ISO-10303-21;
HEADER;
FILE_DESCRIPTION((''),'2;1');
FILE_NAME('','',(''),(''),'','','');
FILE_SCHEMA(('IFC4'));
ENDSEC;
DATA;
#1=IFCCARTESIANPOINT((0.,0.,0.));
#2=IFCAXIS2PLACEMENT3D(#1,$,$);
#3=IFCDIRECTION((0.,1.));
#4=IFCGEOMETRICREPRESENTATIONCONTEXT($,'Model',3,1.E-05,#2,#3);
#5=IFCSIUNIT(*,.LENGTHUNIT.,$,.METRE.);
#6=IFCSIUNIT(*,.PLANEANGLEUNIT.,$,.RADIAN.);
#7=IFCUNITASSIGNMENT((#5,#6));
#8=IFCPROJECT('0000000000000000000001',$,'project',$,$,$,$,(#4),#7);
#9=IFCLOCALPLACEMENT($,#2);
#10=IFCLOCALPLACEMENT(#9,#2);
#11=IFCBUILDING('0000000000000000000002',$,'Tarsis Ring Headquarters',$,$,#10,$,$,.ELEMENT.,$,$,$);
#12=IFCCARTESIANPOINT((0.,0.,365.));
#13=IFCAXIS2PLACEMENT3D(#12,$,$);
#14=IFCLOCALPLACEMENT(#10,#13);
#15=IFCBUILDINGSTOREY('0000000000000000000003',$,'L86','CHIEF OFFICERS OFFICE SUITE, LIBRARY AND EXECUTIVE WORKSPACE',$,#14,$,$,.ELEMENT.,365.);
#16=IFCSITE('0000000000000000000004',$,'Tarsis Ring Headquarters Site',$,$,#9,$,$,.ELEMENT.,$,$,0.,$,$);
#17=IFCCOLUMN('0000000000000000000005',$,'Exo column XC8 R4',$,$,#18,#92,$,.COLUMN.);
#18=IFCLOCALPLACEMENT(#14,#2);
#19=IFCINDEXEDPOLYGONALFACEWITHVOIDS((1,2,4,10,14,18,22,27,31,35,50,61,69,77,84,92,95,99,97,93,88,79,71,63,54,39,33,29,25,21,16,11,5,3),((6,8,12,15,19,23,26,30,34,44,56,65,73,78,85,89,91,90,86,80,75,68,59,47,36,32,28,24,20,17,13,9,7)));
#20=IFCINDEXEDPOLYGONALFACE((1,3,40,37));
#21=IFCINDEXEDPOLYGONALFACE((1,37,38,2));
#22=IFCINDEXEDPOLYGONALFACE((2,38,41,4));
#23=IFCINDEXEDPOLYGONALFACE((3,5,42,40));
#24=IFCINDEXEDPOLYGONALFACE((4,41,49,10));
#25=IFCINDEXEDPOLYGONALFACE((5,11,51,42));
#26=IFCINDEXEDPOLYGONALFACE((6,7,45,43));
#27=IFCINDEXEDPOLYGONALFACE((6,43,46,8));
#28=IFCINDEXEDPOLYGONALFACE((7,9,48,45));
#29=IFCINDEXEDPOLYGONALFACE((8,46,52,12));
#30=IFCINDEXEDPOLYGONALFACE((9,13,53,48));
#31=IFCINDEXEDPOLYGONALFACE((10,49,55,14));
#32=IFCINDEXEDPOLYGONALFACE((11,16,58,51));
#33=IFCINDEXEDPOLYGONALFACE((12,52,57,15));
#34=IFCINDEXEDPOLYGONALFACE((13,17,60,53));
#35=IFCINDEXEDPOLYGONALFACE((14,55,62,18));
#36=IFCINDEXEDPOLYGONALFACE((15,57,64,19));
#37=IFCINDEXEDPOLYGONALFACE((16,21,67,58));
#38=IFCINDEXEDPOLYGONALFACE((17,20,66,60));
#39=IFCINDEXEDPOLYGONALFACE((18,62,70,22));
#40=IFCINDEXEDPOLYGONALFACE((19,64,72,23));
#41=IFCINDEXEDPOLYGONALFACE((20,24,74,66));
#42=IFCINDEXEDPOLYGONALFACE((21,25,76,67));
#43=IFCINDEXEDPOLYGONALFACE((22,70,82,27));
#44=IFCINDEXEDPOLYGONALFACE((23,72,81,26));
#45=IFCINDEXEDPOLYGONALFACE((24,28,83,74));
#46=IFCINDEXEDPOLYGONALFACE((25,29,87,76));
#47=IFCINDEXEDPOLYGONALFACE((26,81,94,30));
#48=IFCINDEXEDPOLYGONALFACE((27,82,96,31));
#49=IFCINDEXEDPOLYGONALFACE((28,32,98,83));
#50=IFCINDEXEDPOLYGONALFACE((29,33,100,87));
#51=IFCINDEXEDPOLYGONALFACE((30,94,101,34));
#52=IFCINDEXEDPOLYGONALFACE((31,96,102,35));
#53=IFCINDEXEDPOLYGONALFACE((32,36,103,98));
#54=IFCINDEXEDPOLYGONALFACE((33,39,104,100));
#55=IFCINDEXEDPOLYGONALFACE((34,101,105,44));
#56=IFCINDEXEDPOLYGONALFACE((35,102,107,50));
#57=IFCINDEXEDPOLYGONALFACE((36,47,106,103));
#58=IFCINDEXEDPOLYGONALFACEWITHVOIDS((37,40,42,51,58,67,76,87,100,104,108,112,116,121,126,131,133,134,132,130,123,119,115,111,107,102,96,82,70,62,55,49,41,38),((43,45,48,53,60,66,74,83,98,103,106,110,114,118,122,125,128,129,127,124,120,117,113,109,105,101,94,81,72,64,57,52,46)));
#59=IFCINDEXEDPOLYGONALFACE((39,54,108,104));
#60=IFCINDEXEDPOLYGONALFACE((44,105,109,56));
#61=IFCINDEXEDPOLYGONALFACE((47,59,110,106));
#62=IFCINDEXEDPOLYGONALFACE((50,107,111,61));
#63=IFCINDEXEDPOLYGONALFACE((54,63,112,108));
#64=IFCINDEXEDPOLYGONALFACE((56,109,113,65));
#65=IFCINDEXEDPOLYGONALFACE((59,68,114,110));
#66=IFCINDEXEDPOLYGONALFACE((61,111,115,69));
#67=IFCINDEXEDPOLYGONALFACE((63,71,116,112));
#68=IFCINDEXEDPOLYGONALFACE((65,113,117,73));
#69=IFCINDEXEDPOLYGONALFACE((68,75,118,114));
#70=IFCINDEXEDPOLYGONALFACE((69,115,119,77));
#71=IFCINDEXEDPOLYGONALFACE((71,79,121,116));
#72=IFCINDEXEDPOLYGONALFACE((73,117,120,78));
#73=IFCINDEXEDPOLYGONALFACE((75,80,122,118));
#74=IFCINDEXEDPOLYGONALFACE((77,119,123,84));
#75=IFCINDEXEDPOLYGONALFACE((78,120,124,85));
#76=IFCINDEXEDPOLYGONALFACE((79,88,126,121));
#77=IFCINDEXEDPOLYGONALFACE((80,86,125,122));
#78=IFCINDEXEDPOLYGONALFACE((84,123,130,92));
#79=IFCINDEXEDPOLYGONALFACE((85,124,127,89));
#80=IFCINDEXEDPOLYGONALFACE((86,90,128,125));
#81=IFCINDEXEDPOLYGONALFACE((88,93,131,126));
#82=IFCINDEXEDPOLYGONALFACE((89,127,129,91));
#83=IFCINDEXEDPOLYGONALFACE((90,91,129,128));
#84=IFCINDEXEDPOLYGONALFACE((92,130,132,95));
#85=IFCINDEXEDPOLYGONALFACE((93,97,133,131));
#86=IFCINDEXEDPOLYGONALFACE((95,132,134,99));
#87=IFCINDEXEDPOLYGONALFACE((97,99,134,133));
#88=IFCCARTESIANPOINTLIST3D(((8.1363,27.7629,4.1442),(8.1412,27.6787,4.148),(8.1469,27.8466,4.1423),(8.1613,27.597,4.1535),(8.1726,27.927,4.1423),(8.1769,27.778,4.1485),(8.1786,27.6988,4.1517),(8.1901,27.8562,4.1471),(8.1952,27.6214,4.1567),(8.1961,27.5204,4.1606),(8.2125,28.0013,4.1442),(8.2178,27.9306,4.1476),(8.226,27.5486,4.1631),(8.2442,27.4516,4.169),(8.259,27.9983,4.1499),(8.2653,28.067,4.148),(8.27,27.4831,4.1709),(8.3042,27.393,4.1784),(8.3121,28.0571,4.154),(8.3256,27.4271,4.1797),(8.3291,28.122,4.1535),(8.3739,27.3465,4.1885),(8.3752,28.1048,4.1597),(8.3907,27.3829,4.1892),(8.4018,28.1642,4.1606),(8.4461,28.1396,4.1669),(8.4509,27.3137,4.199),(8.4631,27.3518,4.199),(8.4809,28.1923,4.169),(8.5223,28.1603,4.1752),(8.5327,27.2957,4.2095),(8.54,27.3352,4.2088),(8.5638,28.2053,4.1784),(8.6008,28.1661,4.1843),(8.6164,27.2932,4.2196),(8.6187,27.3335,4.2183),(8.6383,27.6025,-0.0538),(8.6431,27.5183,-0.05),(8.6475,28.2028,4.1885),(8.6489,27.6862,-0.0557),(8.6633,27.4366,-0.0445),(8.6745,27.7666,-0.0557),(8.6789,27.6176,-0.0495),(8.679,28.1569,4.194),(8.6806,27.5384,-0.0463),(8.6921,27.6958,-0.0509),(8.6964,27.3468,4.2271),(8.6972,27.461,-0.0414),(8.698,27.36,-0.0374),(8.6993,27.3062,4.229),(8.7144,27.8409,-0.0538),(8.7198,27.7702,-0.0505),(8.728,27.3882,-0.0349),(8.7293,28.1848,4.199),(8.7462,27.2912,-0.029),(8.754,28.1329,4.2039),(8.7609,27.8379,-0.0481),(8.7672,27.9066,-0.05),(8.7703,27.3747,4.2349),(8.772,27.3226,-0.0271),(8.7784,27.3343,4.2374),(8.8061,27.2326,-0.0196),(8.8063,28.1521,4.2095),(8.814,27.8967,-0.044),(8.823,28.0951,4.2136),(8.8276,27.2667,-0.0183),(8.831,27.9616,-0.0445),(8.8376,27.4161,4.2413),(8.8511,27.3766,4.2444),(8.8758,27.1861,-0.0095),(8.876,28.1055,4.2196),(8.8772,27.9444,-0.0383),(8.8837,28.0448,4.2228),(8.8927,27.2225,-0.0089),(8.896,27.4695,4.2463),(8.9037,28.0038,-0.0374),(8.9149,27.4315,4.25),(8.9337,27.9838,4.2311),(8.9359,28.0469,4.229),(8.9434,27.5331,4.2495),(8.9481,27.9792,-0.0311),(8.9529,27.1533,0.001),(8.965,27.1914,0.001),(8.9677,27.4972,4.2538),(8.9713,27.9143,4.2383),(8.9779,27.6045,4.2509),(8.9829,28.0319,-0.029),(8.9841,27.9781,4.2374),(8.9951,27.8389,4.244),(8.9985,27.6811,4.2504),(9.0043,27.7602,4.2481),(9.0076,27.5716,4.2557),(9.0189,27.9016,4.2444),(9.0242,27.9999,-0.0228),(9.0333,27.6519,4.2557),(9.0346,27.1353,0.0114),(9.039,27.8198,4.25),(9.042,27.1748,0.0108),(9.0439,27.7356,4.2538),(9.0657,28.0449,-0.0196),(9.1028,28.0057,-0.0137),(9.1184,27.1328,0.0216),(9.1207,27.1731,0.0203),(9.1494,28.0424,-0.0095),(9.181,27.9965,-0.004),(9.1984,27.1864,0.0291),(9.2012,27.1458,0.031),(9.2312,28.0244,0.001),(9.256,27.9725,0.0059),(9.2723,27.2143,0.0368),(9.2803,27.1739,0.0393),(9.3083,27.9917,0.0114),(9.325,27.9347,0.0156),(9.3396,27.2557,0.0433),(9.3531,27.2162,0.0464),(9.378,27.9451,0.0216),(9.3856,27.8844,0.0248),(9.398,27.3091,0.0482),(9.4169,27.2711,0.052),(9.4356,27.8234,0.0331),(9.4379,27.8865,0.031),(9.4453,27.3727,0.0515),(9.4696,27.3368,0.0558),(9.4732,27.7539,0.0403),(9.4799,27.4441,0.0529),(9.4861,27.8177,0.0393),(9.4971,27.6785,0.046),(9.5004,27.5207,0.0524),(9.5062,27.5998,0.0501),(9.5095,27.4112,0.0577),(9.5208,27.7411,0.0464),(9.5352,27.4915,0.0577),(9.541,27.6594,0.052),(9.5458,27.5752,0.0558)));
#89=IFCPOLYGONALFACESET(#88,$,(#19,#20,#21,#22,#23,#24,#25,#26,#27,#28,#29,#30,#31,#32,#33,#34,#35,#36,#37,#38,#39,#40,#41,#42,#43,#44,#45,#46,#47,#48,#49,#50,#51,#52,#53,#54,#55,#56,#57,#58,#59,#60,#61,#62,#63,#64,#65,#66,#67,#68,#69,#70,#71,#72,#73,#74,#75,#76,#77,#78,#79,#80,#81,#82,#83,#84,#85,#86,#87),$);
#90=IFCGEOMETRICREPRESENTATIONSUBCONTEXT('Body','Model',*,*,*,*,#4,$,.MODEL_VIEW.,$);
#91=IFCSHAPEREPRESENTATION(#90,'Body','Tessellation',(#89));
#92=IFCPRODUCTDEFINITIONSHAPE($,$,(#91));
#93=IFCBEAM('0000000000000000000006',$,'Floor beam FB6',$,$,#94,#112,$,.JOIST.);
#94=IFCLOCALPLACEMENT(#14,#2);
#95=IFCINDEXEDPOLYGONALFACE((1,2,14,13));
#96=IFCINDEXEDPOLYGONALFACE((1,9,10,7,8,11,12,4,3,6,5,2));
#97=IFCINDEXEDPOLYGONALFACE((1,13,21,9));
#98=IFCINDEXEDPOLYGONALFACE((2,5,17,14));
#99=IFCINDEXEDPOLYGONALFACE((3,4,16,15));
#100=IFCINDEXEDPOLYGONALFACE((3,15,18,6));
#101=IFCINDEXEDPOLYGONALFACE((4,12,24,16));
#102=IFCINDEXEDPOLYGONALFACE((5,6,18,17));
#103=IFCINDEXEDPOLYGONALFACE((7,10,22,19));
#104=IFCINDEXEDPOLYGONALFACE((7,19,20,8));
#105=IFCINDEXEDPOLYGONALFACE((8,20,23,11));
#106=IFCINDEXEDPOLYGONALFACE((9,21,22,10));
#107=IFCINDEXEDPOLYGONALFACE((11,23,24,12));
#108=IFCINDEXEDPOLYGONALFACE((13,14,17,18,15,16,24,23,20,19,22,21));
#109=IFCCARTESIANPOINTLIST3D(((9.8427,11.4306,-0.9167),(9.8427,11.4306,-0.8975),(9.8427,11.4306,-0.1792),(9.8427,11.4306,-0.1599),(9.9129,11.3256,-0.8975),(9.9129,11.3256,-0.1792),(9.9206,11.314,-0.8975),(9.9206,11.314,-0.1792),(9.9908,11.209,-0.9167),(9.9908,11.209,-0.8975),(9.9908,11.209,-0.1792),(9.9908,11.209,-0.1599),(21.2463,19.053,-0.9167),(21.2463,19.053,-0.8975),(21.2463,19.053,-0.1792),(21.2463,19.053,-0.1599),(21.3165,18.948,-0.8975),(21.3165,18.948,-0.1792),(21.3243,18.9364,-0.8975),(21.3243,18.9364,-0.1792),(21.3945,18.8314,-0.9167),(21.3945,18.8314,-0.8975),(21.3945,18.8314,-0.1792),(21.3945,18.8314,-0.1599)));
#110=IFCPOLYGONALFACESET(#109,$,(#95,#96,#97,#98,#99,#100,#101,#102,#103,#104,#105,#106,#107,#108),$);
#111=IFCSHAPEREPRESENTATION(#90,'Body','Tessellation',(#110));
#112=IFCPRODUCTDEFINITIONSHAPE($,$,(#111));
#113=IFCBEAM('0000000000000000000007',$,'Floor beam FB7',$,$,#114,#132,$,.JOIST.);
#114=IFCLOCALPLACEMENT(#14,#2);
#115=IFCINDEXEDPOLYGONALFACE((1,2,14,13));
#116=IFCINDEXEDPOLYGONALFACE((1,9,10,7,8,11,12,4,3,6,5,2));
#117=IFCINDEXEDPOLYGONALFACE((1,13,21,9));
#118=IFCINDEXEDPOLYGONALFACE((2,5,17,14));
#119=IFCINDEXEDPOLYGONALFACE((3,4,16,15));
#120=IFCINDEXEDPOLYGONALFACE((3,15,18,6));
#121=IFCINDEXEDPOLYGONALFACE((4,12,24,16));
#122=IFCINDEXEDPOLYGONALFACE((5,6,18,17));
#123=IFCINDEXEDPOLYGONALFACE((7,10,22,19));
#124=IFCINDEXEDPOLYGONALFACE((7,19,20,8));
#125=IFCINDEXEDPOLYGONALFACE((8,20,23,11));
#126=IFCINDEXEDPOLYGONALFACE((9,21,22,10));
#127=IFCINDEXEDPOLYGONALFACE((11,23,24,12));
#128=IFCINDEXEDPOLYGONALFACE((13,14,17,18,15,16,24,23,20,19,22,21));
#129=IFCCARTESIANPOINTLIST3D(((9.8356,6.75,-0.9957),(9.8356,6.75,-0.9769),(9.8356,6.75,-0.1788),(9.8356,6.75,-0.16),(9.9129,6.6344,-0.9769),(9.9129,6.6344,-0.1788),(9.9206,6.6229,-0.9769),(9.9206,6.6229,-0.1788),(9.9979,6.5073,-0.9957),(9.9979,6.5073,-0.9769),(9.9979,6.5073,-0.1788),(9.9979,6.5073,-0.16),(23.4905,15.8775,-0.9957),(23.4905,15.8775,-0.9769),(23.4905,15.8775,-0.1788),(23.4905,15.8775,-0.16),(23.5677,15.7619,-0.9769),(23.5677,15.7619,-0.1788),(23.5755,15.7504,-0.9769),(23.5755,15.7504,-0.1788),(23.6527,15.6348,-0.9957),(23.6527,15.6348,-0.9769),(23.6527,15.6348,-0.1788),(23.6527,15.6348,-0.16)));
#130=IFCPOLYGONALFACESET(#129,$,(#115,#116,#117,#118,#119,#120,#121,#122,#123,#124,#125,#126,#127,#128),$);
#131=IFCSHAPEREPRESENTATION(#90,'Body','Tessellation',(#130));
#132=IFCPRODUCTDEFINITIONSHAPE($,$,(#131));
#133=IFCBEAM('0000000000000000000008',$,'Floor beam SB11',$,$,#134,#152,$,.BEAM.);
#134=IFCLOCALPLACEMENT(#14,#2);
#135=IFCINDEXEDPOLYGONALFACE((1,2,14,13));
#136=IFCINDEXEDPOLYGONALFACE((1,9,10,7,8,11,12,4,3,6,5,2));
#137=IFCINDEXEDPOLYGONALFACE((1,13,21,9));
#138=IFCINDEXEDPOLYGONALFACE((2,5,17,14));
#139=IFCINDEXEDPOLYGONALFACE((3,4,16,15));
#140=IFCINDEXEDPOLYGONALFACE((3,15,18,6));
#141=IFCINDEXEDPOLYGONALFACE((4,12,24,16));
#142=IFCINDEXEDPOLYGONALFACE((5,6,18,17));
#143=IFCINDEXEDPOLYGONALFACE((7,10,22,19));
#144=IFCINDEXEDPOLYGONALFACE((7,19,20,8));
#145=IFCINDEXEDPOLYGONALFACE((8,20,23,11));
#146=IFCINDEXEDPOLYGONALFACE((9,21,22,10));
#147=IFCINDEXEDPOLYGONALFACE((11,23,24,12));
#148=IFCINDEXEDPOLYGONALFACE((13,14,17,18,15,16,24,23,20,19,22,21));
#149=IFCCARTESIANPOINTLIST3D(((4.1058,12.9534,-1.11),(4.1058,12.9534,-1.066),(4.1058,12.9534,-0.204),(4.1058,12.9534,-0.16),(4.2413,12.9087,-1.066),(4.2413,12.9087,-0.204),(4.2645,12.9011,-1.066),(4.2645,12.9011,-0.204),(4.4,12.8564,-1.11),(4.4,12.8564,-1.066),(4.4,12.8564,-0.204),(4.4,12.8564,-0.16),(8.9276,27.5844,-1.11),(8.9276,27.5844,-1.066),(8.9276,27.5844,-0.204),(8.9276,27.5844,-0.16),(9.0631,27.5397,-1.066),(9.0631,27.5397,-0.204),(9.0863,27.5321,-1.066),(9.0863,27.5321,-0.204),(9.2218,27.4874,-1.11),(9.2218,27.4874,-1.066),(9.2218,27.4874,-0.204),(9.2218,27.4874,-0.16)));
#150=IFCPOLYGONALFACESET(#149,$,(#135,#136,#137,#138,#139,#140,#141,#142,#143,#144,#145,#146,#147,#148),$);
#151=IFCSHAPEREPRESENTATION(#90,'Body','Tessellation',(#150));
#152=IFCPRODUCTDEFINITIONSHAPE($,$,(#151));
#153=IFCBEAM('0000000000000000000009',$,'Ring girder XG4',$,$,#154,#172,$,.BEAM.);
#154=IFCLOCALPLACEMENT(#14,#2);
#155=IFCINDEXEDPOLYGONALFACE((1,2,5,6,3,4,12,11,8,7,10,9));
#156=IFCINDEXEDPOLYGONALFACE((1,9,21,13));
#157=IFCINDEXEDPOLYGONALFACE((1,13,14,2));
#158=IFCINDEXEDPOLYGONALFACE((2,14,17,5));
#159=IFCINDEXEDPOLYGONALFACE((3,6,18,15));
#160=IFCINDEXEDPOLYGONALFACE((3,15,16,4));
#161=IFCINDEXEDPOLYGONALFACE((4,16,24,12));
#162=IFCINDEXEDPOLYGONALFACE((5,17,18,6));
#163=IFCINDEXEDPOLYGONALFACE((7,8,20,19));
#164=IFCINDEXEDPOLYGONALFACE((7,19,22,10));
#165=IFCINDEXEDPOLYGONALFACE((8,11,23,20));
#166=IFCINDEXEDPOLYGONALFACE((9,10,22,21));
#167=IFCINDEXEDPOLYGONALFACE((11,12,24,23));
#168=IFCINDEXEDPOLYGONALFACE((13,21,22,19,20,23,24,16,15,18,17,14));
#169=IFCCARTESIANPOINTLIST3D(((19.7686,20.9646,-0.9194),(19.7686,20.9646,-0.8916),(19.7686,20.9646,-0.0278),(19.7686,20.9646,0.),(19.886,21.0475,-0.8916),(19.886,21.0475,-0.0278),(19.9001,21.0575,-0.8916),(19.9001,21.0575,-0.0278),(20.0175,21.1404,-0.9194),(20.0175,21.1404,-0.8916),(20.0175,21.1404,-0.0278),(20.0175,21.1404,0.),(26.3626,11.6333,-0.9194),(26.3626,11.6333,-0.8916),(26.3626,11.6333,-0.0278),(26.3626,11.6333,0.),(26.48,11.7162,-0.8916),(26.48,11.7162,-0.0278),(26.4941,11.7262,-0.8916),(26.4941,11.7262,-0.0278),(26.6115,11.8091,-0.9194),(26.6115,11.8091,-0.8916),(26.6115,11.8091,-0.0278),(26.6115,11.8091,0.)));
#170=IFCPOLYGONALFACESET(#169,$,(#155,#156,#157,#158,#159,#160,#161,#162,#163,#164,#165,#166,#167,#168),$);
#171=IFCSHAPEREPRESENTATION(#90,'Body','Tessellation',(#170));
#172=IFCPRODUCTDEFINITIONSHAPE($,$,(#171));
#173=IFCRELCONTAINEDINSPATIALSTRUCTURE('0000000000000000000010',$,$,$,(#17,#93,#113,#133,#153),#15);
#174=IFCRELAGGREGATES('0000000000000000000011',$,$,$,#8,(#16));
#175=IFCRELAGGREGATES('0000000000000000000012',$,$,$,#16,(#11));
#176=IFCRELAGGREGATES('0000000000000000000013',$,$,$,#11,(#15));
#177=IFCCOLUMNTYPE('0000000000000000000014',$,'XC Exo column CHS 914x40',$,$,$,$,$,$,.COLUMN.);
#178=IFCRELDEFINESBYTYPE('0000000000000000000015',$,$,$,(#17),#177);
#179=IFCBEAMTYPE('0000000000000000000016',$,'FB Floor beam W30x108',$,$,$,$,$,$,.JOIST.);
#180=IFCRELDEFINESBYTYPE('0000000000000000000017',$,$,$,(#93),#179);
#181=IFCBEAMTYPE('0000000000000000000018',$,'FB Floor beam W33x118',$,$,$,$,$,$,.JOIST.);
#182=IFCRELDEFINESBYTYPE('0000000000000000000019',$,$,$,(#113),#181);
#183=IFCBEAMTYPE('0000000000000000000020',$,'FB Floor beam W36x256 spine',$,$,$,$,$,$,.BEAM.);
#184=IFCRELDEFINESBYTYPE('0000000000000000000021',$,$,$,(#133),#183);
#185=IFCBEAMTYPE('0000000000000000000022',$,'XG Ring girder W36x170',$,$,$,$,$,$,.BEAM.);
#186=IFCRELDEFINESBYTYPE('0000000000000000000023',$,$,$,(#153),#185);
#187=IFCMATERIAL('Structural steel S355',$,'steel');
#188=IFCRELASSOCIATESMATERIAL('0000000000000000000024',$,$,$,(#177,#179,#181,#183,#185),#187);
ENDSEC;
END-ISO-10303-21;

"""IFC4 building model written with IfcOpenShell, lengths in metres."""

from ifc_helpers import new_model, si_unit, direction, frame, origin, origin_2d, place, context, subcontext, project, spatial, hollow_circle, i_section, extrude, material, material_profile, profile_set, type_object, element, save


model = new_model("IFC4")

# Units and contexts
model_context = context("Model", 3, precision=1e-05, world=origin(), true_north=direction((0.0, 1.0)))
body_context = subcontext(model_context, "Body", "Model", "MODEL_VIEW")
ifc_project = project(units=[si_unit("LENGTHUNIT", "METRE"), si_unit("PLANEANGLEUNIT", "RADIAN")], contexts=[model_context])

# Site, building, storey
site_placement = place(None, origin())
site = spatial("IfcSite", under=ifc_project, at=site_placement, Name="Tarsis Ring Headquarters Site", CompositionType="ELEMENT", RefElevation=0.0)
building_placement = place(site_placement, origin())
building = spatial("IfcBuilding", under=site, at=building_placement, Name="Tarsis Ring Headquarters", CompositionType="ELEMENT")
storey_placement = place(building_placement, frame((0.0, 0.0, 365.0)))
storey = spatial("IfcBuildingStorey", under=building, at=storey_placement, Name="L86", Description="CHIEF OFFICERS OFFICE SUITE, LIBRARY AND EXECUTIVE WORKSPACE", CompositionType="ELEMENT", Elevation=365.0)

# Column
ifc_material_1 = material(Name="Structural steel S355", Category="steel")
ifc_material_profile_1 = material_profile(ifc_material_1, hollow_circle(Radius=0.457, WallThickness=0.04, at=origin_2d()), Name="CHS 914x40")
ifc_profile_set_1 = profile_set([ifc_material_profile_1], Name="Structural steel S355")
column_type = type_object("IfcColumnType", Name="XC Exo column CHS 914x40", PredefinedType="COLUMN", material=ifc_profile_set_1)
for number, where, z_axis, x_axis, name in (
    (1, (9.092, 27.5889, 0.001), (-0.118639, 0.037911, 0.992213), (-0.304389, -0.952548, 0.0), "Exo column XC8 R4"),
):
    element("IfcColumn", number, at=place(storey_placement, frame(where, z_axis=z_axis, x_axis=x_axis)), inside=storey, type_object=column_type, Name=name, PredefinedType="COLUMN", context=body_context, shape_type="SweptSolid", body=[
        extrude(hollow_circle(Radius=0.4573, WallThickness=0.04, at=origin_2d()), origin(), (0.0, 0.0, 1.0), 4.231),
    ])

# Beams
ifc_material_profile_2 = material_profile(ifc_material_1, i_section(OverallWidth=0.2666, OverallDepth=0.7568, WebThickness=0.0139, FlangeThickness=0.0193, at=origin_2d()), Name="W30x108")
ifc_profile_set_2 = profile_set([ifc_material_profile_2], Name="Structural steel S355")
beam_type_1 = type_object("IfcBeamType", Name="FB Floor beam W30x108", PredefinedType="JOIST", material=ifc_profile_set_2)
beam_1_placement = place(storey_placement, frame((9.9167, 11.3198, -0.5383), z_axis=(0.831379, 0.555706, 0.0), x_axis=(-0.555706, 0.831379, 0.0)))
element("IfcBeam", 2, at=beam_1_placement, inside=storey, type_object=beam_type_1, Name="Floor beam FB6", PredefinedType="JOIST", context=body_context, shape_type="SweptSolid", body=[
    extrude(i_section(OverallWidth=0.2666, OverallDepth=0.7568, WebThickness=0.0139, FlangeThickness=0.0193, at=origin_2d()), origin(), (0.0, 0.0, 1.0), 13.7166),
])
ifc_material_profile_3 = material_profile(ifc_material_1, i_section(OverallWidth=0.292, OverallDepth=0.8357, WebThickness=0.0139, FlangeThickness=0.0188, at=origin_2d()), Name="W33x118")
ifc_profile_set_3 = profile_set([ifc_material_profile_3], Name="Structural steel S355")
beam_type_2 = type_object("IfcBeamType", Name="FB Floor beam W33x118", PredefinedType="JOIST", material=ifc_profile_set_3)
beam_2_placement = place(storey_placement, frame((9.9167, 6.6287, -0.5779), z_axis=(0.831368, 0.555722, 0.0), x_axis=(-0.555722, 0.831368, 0.0)))
element("IfcBeam", 3, at=beam_2_placement, inside=storey, type_object=beam_type_2, Name="Floor beam FB7", PredefinedType="JOIST", context=body_context, shape_type="SweptSolid", body=[
    extrude(i_section(OverallWidth=0.292, OverallDepth=0.8357, WebThickness=0.0139, FlangeThickness=0.0188, at=origin_2d()), origin(), (0.0, 0.0, 1.0), 16.4246),
])
ifc_material_profile_4 = material_profile(ifc_material_1, i_section(OverallWidth=0.3098, OverallDepth=0.95, WebThickness=0.0244, FlangeThickness=0.0439, at=origin_2d()), Name="W36x256")
ifc_profile_set_4 = profile_set([ifc_material_profile_4], Name="Structural steel S355")
beam_type_3 = type_object("IfcBeamType", Name="FB Floor beam W36x256 spine", PredefinedType="BEAM", material=ifc_profile_set_4)
beam_3_placement = place(storey_placement, frame((9.0747, 27.5359, -0.635), z_axis=(-0.313002, -0.949752, 0.0), x_axis=(0.949752, -0.313002, 0.0)))
element("IfcBeam", 4, at=beam_3_placement, inside=storey, type_object=beam_type_3, Name="Floor beam SB11", PredefinedType="BEAM", context=body_context, shape_type="SweptSolid", body=[
    extrude(i_section(OverallWidth=0.3098, OverallDepth=0.95, WebThickness=0.0244, FlangeThickness=0.0439, at=origin_2d()), origin(), (0.0, 0.0, 1.0), 15.405),
])
ifc_material_profile_5 = material_profile(ifc_material_1, i_section(OverallWidth=0.3047, OverallDepth=0.9194, WebThickness=0.0173, FlangeThickness=0.0278, at=origin_2d()), Name="W36x170")
ifc_profile_set_5 = profile_set([ifc_material_profile_5], Name="Structural steel S355")
beam_type_4 = type_object("IfcBeamType", Name="XG Ring girder W36x170", PredefinedType="BEAM", material=ifc_profile_set_5)
beam_4_placement = place(storey_placement, frame((26.4871, 11.7212, -0.4597), z_axis=(-0.577103, 0.816671, 0.0), x_axis=(-0.816671, -0.577103, 0.0)))
element("IfcBeam", 5, at=beam_4_placement, inside=storey, type_object=beam_type_4, Name="Ring girder XG4", PredefinedType="BEAM", context=body_context, shape_type="SweptSolid", body=[
    extrude(i_section(OverallWidth=0.3047, OverallDepth=0.9194, WebThickness=0.0173, FlangeThickness=0.0278, at=origin_2d()), origin(), (0.0, 0.0, 1.0), 11.426),
])

save(model, "model.ifc")
